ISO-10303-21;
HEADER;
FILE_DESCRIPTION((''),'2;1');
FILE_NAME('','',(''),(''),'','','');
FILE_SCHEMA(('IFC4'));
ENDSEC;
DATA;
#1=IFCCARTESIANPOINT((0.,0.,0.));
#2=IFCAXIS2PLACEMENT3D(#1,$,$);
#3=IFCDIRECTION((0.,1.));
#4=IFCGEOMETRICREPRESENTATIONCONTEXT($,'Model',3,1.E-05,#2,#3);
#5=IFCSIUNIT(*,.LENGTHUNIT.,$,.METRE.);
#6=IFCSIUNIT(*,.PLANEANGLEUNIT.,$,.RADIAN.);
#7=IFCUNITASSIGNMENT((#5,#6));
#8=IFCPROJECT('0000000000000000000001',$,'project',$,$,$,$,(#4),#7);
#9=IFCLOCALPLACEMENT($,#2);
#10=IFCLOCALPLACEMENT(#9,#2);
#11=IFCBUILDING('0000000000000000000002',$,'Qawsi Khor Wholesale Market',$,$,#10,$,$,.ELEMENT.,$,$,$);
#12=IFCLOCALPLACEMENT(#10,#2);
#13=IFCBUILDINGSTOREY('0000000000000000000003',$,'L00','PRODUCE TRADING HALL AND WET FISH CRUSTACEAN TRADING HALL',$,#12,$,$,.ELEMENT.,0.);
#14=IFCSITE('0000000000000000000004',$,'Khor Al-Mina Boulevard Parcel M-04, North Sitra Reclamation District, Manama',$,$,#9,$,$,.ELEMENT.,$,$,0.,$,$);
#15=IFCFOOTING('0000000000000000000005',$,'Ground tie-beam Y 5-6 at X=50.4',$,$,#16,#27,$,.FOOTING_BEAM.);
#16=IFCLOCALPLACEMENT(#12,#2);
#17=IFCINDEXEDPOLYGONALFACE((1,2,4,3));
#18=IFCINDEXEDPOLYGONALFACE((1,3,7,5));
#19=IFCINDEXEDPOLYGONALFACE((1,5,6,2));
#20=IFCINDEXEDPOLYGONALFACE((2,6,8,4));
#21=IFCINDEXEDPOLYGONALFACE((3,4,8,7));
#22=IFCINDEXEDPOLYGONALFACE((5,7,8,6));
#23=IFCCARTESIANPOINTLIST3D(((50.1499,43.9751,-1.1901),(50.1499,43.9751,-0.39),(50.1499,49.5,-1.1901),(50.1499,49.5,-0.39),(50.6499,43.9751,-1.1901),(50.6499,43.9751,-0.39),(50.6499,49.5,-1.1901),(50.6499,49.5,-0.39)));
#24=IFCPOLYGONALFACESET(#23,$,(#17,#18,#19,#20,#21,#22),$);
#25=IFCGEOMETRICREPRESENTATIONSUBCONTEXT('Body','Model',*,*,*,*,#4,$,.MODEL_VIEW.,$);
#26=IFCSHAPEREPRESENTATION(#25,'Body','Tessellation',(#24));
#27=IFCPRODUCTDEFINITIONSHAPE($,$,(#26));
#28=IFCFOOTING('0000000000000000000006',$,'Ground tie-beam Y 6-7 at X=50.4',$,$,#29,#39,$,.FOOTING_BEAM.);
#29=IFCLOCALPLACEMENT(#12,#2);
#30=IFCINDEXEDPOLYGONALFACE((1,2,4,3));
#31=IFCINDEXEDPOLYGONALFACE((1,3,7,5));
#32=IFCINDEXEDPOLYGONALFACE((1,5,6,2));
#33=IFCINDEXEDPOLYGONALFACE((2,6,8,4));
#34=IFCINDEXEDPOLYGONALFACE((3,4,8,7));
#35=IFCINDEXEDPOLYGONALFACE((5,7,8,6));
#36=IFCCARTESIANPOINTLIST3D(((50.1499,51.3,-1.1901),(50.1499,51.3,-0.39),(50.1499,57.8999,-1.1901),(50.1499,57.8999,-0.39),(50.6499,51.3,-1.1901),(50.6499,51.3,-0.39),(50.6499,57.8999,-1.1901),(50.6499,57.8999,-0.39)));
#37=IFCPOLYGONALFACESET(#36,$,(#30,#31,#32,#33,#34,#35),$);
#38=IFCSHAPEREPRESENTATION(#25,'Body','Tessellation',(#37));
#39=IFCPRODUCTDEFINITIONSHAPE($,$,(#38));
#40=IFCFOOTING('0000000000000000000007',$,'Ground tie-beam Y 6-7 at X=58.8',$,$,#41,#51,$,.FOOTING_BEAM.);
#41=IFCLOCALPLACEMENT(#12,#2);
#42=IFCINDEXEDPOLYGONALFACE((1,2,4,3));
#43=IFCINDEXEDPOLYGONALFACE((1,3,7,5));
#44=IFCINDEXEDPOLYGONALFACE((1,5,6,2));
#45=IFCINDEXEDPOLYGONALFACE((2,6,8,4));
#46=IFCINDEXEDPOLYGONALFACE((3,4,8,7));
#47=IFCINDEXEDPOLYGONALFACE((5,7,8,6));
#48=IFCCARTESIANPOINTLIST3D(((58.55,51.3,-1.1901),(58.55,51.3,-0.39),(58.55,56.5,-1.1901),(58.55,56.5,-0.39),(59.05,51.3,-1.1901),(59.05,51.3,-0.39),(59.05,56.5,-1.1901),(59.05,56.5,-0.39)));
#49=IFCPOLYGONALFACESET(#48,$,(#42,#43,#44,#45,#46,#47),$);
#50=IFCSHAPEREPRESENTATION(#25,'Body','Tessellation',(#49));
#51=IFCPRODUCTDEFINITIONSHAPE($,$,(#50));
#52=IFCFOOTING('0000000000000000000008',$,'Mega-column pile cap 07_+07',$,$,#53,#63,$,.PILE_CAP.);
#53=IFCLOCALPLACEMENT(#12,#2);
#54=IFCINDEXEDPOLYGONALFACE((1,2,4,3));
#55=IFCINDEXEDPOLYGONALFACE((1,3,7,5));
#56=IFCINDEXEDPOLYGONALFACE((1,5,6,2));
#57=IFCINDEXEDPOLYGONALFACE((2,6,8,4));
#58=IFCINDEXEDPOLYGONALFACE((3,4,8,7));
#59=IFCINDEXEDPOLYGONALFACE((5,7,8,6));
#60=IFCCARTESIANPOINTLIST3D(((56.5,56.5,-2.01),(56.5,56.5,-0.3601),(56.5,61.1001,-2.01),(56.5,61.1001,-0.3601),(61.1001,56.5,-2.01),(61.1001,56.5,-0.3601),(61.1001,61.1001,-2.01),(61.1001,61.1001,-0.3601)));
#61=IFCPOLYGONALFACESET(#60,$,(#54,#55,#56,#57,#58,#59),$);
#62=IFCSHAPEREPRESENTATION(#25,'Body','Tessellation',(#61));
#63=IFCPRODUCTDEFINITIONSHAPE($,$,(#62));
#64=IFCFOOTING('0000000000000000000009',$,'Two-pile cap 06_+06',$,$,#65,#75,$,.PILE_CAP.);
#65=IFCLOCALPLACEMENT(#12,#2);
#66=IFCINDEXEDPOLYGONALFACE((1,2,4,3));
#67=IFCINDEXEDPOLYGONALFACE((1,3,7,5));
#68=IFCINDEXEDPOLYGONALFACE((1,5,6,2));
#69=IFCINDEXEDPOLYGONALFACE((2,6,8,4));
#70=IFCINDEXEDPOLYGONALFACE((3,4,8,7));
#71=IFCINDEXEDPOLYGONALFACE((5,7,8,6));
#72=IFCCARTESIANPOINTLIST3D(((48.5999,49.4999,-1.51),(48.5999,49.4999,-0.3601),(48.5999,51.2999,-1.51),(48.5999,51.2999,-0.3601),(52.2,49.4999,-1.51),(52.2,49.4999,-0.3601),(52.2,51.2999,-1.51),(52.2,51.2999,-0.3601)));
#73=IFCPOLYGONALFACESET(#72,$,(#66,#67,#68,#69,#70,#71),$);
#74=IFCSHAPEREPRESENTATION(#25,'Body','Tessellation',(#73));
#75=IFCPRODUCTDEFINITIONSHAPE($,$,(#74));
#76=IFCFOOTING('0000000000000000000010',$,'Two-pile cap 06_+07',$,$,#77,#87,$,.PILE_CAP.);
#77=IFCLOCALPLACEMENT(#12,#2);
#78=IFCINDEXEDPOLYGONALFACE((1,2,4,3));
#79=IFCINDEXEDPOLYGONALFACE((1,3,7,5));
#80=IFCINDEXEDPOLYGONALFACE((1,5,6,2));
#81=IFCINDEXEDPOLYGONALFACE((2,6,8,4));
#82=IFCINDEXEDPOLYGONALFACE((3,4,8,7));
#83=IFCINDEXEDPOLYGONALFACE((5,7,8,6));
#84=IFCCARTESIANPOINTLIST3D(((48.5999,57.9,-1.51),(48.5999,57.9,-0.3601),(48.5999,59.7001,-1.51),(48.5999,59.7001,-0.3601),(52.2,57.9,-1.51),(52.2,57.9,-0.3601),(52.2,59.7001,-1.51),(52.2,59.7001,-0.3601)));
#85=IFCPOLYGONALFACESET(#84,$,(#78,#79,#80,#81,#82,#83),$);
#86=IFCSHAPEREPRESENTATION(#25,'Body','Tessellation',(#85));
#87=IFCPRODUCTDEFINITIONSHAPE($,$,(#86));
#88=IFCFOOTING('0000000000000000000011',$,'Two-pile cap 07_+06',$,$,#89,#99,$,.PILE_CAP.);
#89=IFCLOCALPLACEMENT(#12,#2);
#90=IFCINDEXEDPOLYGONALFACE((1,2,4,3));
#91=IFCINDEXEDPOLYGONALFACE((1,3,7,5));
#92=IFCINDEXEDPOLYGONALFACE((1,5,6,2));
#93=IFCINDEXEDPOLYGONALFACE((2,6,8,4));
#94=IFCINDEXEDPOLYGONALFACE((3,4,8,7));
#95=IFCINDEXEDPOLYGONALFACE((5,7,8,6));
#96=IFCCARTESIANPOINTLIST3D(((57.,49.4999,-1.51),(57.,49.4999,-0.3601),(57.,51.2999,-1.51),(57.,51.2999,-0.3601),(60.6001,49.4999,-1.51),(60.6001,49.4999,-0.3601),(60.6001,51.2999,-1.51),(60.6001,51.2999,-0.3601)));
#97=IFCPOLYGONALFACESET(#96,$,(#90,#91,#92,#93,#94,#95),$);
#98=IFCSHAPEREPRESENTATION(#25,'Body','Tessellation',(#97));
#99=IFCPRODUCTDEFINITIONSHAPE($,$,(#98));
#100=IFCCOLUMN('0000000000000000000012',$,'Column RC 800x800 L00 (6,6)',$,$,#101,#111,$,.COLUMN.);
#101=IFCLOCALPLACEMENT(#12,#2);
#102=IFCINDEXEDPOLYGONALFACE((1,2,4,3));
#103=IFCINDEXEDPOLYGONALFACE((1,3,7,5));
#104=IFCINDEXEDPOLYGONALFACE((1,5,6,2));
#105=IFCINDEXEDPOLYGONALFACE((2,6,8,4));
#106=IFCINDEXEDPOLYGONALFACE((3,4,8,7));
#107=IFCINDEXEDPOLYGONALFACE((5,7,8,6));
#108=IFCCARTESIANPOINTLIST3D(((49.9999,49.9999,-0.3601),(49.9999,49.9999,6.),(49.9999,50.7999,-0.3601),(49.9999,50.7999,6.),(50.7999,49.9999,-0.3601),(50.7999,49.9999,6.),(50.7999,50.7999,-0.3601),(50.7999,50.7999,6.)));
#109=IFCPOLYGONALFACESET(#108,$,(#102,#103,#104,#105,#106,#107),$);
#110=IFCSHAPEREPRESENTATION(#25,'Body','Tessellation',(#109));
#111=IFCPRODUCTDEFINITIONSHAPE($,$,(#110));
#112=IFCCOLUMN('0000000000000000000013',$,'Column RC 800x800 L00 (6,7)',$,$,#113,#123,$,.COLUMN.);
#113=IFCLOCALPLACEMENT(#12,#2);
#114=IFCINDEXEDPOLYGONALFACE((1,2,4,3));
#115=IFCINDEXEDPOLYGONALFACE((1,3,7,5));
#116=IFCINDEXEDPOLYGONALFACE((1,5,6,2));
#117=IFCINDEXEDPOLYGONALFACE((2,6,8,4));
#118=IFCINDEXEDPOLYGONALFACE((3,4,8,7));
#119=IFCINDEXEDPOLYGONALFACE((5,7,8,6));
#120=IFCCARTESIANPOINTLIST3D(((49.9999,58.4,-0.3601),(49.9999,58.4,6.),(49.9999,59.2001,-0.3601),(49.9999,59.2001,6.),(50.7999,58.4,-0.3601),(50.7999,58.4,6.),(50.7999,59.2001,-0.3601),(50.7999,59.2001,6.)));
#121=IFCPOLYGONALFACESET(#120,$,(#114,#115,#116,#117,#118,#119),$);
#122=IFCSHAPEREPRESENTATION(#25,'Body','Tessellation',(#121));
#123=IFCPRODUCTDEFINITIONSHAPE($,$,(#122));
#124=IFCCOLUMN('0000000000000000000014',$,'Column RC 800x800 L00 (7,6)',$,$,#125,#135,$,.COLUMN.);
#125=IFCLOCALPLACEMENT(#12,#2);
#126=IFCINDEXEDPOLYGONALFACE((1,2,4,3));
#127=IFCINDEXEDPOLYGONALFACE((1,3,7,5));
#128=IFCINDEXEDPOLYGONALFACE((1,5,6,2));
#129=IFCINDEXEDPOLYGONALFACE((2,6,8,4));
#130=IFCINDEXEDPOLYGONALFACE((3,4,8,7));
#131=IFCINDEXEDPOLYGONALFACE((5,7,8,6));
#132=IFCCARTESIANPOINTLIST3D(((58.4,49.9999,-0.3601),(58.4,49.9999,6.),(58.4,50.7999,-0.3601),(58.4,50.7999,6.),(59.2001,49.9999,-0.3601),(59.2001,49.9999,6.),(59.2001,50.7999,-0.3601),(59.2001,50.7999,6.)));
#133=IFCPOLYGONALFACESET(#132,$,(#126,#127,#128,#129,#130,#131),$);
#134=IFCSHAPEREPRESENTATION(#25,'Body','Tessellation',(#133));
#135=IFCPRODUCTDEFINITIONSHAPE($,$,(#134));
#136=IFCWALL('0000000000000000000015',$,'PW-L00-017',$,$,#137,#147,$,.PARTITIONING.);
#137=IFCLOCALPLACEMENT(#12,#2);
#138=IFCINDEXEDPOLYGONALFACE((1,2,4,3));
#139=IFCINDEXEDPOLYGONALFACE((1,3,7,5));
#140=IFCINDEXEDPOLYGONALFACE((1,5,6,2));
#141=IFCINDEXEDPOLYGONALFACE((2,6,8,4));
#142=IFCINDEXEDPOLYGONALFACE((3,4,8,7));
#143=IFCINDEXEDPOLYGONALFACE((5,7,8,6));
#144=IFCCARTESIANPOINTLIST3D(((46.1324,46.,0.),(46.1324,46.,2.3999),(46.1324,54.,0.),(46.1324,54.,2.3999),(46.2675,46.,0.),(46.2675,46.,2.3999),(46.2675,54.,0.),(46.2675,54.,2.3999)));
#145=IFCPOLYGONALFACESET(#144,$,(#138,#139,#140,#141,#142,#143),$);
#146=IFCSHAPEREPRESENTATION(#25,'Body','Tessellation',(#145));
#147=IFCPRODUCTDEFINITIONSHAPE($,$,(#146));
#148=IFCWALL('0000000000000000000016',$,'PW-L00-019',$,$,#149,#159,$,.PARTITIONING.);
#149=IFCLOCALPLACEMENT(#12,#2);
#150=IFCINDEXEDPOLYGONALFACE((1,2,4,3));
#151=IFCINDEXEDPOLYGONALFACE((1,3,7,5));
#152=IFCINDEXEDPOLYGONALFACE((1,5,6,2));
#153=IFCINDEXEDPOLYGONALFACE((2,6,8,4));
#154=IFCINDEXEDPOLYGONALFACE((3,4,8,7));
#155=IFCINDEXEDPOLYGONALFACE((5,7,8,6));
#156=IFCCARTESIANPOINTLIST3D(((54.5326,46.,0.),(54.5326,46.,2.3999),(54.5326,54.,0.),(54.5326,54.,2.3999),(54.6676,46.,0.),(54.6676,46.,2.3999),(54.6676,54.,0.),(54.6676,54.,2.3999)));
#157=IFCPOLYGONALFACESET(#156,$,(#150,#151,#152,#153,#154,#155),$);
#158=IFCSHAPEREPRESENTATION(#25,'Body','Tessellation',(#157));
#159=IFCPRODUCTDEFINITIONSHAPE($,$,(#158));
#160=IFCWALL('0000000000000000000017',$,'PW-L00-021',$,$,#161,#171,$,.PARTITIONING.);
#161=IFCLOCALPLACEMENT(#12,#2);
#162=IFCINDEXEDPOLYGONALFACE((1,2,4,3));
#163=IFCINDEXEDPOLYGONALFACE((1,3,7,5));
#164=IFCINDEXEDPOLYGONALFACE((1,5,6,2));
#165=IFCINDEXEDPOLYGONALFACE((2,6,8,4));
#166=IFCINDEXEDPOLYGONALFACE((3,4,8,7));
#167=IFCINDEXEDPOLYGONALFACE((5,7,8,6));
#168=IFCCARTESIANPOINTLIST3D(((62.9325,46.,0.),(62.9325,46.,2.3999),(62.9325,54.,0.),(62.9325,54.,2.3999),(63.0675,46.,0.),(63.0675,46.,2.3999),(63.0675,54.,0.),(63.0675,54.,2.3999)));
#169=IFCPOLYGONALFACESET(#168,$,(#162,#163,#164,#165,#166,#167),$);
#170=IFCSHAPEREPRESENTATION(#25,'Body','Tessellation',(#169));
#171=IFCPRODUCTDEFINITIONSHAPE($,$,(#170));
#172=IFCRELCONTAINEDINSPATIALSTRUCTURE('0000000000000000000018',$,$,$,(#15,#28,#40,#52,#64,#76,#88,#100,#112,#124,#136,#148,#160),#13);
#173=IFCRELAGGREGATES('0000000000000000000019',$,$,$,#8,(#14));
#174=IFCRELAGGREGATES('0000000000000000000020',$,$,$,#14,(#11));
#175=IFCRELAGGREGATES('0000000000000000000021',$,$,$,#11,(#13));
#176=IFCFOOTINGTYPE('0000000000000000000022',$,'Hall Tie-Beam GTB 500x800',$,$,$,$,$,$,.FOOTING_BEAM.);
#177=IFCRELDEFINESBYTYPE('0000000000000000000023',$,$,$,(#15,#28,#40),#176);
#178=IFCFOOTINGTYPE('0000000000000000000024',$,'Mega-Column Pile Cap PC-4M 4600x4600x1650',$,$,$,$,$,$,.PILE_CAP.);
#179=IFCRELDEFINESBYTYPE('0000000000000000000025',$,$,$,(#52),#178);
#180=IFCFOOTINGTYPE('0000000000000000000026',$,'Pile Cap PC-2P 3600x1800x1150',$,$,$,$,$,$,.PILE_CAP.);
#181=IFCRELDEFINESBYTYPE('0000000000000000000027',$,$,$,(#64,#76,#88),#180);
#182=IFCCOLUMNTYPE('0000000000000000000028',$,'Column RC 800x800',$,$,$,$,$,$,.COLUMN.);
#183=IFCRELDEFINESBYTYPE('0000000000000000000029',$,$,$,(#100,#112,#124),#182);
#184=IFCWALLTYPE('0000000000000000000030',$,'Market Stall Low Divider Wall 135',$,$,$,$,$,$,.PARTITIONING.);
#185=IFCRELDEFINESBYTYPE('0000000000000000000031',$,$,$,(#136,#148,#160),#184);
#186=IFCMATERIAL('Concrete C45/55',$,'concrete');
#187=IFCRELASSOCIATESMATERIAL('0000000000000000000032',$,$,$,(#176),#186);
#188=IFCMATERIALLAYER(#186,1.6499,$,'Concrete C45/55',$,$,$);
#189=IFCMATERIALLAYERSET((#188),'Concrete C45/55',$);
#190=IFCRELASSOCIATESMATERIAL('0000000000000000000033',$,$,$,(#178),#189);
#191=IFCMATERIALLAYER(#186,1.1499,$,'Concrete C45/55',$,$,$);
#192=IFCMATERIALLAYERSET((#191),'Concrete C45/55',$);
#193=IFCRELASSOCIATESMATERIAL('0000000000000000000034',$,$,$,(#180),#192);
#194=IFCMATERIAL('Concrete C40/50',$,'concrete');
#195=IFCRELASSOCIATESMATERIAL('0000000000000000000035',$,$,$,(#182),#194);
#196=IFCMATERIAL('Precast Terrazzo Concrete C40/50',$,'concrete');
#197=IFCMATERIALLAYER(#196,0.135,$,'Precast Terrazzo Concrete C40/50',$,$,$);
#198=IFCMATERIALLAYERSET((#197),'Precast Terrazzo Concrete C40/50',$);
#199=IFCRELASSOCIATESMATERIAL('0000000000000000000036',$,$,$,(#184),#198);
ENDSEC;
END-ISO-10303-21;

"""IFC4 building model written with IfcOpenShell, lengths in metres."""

from ifc_helpers import new_model, si_unit, direction, frame, frame_2d, origin, origin_2d, place, context, subcontext, project, spatial, rectangle, extrude, material, layer, layer_set, material_profile, profile_set, type_object, element, save


model = new_model("IFC4")

# Units and contexts
model_context = context("Model", 3, precision=1e-05, world=origin(), true_north=direction((0.0, 1.0)))
body_context = subcontext(model_context, "Body", "Model", "MODEL_VIEW")
ifc_project = project(units=[si_unit("LENGTHUNIT", "METRE"), si_unit("PLANEANGLEUNIT", "RADIAN")], contexts=[model_context])

# Site, building, storey
site_placement = place(None, origin())
site = spatial("IfcSite", under=ifc_project, at=site_placement, Name="Khor Al-Mina Boulevard Parcel M-04, North Sitra Reclamation District, Manama", CompositionType="ELEMENT", RefElevation=0.0)
building_placement = place(site_placement, origin())
building = spatial("IfcBuilding", under=site, at=building_placement, Name="Qawsi Khor Wholesale Market", CompositionType="ELEMENT")
storey_placement = place(building_placement, origin())
storey = spatial("IfcBuildingStorey", under=building, at=storey_placement, Name="L00", Description="PRODUCE TRADING HALL AND WET FISH CRUSTACEAN TRADING HALL", CompositionType="ELEMENT", Elevation=0.0)

# Shared definitions
ifc_material_1 = material(Name="Concrete C45/55", Category="concrete")

# Footings
ifc_material_profile_1 = material_profile(ifc_material_1, rectangle(XDim=0.5, YDim=0.8, at=origin_2d()), Name="RC 500x800")
ifc_profile_set_1 = profile_set([ifc_material_profile_1], Name="Concrete C45/55")
footing_type_1 = type_object("IfcFootingType", Name="Hall Tie-Beam GTB 500x800", PredefinedType="FOOTING_BEAM", material=ifc_profile_set_1)
footing_1_placement = place(storey_placement, frame((50.3999, 43.9751, -0.79), z_axis=(0.0, 1.0, 0.0), x_axis=(-1.0, 0.0, 0.0)))
element("IfcFooting", 1, at=footing_1_placement, inside=storey, type_object=footing_type_1, Name="Ground tie-beam Y 5-6 at X=50.4", PredefinedType="FOOTING_BEAM", context=body_context, shape_type="SweptSolid", body=[
    extrude(rectangle(XDim=0.5, YDim=0.8, at=origin_2d()), origin(), (0.0, 0.0, 1.0), 5.5249),
])
footing_2_placement = place(storey_placement, frame((50.3999, 51.3, -0.79), z_axis=(0.0, 1.0, 0.0), x_axis=(-1.0, 0.0, 0.0)))
element("IfcFooting", 2, at=footing_2_placement, inside=storey, type_object=footing_type_1, Name="Ground tie-beam Y 6-7 at X=50.4", PredefinedType="FOOTING_BEAM", context=body_context, shape_type="SweptSolid", body=[
    extrude(rectangle(XDim=0.5, YDim=0.8, at=origin_2d()), origin(), (0.0, 0.0, 1.0), 6.5999),
])
footing_3_placement = place(storey_placement, frame((58.8, 51.3, -0.79), z_axis=(0.0, 1.0, 0.0), x_axis=(-1.0, 0.0, 0.0)))
element("IfcFooting", 3, at=footing_3_placement, inside=storey, type_object=footing_type_1, Name="Ground tie-beam Y 6-7 at X=58.8", PredefinedType="FOOTING_BEAM", context=body_context, shape_type="SweptSolid", body=[
    extrude(rectangle(XDim=0.5, YDim=0.8, at=origin_2d()), origin(), (0.0, 0.0, 1.0), 5.2),
])
ifc_layer_1 = layer(ifc_material_1, 1.6499, Name="Concrete C45/55")
ifc_layer_set_1 = layer_set([ifc_layer_1], Name="Concrete C45/55")
footing_type_2 = type_object("IfcFootingType", Name="Mega-Column Pile Cap PC-4M 4600x4600x1650", PredefinedType="PILE_CAP", material=ifc_layer_set_1)
footing_4_placement = place(storey_placement, frame((58.8, 58.8, -2.01), z_axis=(0.0, 0.0, 1.0), x_axis=(1.0, 0.0, 0.0)))
element("IfcFooting", 4, at=footing_4_placement, inside=storey, type_object=footing_type_2, Name="Mega-column pile cap 07_+07", PredefinedType="PILE_CAP", context=body_context, shape_type="SweptSolid", body=[
    extrude(rectangle(XDim=4.6001, YDim=4.6001, at=origin_2d()), origin(), (0.0, 0.0, 1.0), 1.6499),
])
ifc_layer_2 = layer(ifc_material_1, 1.1499, Name="Concrete C45/55")
ifc_layer_set_2 = layer_set([ifc_layer_2], Name="Concrete C45/55")
footing_type_3 = type_object("IfcFootingType", Name="Pile Cap PC-2P 3600x1800x1150", PredefinedType="PILE_CAP", material=ifc_layer_set_2)
for number, where, z_axis, x_axis, name in (
    (5, (50.3999, 50.3999, -1.51), (0.0, 0.0, 1.0), (1.0, 0.0, 0.0), "Two-pile cap 06_+06"),
    (6, (50.3999, 58.8, -1.51), (0.0, 0.0, 1.0), (1.0, 0.0, 0.0), "Two-pile cap 06_+07"),
    (7, (58.8, 50.3999, -1.51), (0.0, 0.0, 1.0), (1.0, 0.0, 0.0), "Two-pile cap 07_+06"),
):
    element("IfcFooting", number, at=place(storey_placement, frame(where, z_axis=z_axis, x_axis=x_axis)), inside=storey, type_object=footing_type_3, Name=name, PredefinedType="PILE_CAP", context=body_context, shape_type="SweptSolid", body=[
        extrude(rectangle(XDim=3.6001, YDim=1.8, at=origin_2d()), origin(), (0.0, 0.0, 1.0), 1.1499),
    ])

# Columns
ifc_material_2 = material(Name="Concrete C40/50", Category="concrete")
ifc_material_profile_2 = material_profile(ifc_material_2, rectangle(XDim=0.8, YDim=0.8, at=origin_2d()), Name="RC 800x800")
ifc_profile_set_2 = profile_set([ifc_material_profile_2], Name="Concrete C40/50")
column_type = type_object("IfcColumnType", Name="Column RC 800x800", PredefinedType="COLUMN", material=ifc_profile_set_2)
for number, where, z_axis, x_axis, name in (
    (8, (50.3999, 50.3999, -0.3601), (0.0, 0.0, 1.0), (1.0, 0.0, 0.0), "Column RC 800x800 L00 (6,6)"),
    (9, (50.3999, 58.8, -0.3601), (0.0, 0.0, 1.0), (1.0, 0.0, 0.0), "Column RC 800x800 L00 (6,7)"),
    (10, (58.8, 50.3999, -0.3601), (0.0, 0.0, 1.0), (1.0, 0.0, 0.0), "Column RC 800x800 L00 (7,6)"),
):
    element("IfcColumn", number, at=place(storey_placement, frame(where, z_axis=z_axis, x_axis=x_axis)), inside=storey, type_object=column_type, Name=name, PredefinedType="COLUMN", context=body_context, shape_type="SweptSolid", body=[
        extrude(rectangle(XDim=0.8, YDim=0.8, at=origin_2d()), origin(), (0.0, 0.0, 1.0), 6.3601),
    ])

# Walls
ifc_material_3 = material(Name="Precast Terrazzo Concrete C40/50", Category="concrete")
ifc_layer_3 = layer(ifc_material_3, 0.135, Name="Precast Terrazzo Concrete C40/50")
ifc_layer_set_3 = layer_set([ifc_layer_3], Name="Precast Terrazzo Concrete C40/50")
wall_type = type_object("IfcWallType", Name="Market Stall Low Divider Wall 135", PredefinedType="PARTITIONING", material=ifc_layer_set_3)
for number, where, z_axis, x_axis, name in (
    (11, (46.2, 46.0, 0.0), (0.0, 0.0, 1.0), (0.0, 1.0, 0.0), "PW-L00-017"),
    (12, (54.6001, 46.0, 0.0), (0.0, 0.0, 1.0), (0.0, 1.0, 0.0), "PW-L00-019"),
    (13, (63.0, 46.0, 0.0), (0.0, 0.0, 1.0), (0.0, 1.0, 0.0), "PW-L00-021"),
):
    element("IfcWall", number, at=place(storey_placement, frame(where, z_axis=z_axis, x_axis=x_axis)), inside=storey, type_object=wall_type, Name=name, PredefinedType="PARTITIONING", context=body_context, shape_type="SweptSolid", body=[
        extrude(rectangle(XDim=8.0, YDim=0.135, at=frame_2d((4.0, 0.0))), origin(), (0.0, 0.0, 1.0), 2.3999),
    ])

save(model, "model.ifc")
